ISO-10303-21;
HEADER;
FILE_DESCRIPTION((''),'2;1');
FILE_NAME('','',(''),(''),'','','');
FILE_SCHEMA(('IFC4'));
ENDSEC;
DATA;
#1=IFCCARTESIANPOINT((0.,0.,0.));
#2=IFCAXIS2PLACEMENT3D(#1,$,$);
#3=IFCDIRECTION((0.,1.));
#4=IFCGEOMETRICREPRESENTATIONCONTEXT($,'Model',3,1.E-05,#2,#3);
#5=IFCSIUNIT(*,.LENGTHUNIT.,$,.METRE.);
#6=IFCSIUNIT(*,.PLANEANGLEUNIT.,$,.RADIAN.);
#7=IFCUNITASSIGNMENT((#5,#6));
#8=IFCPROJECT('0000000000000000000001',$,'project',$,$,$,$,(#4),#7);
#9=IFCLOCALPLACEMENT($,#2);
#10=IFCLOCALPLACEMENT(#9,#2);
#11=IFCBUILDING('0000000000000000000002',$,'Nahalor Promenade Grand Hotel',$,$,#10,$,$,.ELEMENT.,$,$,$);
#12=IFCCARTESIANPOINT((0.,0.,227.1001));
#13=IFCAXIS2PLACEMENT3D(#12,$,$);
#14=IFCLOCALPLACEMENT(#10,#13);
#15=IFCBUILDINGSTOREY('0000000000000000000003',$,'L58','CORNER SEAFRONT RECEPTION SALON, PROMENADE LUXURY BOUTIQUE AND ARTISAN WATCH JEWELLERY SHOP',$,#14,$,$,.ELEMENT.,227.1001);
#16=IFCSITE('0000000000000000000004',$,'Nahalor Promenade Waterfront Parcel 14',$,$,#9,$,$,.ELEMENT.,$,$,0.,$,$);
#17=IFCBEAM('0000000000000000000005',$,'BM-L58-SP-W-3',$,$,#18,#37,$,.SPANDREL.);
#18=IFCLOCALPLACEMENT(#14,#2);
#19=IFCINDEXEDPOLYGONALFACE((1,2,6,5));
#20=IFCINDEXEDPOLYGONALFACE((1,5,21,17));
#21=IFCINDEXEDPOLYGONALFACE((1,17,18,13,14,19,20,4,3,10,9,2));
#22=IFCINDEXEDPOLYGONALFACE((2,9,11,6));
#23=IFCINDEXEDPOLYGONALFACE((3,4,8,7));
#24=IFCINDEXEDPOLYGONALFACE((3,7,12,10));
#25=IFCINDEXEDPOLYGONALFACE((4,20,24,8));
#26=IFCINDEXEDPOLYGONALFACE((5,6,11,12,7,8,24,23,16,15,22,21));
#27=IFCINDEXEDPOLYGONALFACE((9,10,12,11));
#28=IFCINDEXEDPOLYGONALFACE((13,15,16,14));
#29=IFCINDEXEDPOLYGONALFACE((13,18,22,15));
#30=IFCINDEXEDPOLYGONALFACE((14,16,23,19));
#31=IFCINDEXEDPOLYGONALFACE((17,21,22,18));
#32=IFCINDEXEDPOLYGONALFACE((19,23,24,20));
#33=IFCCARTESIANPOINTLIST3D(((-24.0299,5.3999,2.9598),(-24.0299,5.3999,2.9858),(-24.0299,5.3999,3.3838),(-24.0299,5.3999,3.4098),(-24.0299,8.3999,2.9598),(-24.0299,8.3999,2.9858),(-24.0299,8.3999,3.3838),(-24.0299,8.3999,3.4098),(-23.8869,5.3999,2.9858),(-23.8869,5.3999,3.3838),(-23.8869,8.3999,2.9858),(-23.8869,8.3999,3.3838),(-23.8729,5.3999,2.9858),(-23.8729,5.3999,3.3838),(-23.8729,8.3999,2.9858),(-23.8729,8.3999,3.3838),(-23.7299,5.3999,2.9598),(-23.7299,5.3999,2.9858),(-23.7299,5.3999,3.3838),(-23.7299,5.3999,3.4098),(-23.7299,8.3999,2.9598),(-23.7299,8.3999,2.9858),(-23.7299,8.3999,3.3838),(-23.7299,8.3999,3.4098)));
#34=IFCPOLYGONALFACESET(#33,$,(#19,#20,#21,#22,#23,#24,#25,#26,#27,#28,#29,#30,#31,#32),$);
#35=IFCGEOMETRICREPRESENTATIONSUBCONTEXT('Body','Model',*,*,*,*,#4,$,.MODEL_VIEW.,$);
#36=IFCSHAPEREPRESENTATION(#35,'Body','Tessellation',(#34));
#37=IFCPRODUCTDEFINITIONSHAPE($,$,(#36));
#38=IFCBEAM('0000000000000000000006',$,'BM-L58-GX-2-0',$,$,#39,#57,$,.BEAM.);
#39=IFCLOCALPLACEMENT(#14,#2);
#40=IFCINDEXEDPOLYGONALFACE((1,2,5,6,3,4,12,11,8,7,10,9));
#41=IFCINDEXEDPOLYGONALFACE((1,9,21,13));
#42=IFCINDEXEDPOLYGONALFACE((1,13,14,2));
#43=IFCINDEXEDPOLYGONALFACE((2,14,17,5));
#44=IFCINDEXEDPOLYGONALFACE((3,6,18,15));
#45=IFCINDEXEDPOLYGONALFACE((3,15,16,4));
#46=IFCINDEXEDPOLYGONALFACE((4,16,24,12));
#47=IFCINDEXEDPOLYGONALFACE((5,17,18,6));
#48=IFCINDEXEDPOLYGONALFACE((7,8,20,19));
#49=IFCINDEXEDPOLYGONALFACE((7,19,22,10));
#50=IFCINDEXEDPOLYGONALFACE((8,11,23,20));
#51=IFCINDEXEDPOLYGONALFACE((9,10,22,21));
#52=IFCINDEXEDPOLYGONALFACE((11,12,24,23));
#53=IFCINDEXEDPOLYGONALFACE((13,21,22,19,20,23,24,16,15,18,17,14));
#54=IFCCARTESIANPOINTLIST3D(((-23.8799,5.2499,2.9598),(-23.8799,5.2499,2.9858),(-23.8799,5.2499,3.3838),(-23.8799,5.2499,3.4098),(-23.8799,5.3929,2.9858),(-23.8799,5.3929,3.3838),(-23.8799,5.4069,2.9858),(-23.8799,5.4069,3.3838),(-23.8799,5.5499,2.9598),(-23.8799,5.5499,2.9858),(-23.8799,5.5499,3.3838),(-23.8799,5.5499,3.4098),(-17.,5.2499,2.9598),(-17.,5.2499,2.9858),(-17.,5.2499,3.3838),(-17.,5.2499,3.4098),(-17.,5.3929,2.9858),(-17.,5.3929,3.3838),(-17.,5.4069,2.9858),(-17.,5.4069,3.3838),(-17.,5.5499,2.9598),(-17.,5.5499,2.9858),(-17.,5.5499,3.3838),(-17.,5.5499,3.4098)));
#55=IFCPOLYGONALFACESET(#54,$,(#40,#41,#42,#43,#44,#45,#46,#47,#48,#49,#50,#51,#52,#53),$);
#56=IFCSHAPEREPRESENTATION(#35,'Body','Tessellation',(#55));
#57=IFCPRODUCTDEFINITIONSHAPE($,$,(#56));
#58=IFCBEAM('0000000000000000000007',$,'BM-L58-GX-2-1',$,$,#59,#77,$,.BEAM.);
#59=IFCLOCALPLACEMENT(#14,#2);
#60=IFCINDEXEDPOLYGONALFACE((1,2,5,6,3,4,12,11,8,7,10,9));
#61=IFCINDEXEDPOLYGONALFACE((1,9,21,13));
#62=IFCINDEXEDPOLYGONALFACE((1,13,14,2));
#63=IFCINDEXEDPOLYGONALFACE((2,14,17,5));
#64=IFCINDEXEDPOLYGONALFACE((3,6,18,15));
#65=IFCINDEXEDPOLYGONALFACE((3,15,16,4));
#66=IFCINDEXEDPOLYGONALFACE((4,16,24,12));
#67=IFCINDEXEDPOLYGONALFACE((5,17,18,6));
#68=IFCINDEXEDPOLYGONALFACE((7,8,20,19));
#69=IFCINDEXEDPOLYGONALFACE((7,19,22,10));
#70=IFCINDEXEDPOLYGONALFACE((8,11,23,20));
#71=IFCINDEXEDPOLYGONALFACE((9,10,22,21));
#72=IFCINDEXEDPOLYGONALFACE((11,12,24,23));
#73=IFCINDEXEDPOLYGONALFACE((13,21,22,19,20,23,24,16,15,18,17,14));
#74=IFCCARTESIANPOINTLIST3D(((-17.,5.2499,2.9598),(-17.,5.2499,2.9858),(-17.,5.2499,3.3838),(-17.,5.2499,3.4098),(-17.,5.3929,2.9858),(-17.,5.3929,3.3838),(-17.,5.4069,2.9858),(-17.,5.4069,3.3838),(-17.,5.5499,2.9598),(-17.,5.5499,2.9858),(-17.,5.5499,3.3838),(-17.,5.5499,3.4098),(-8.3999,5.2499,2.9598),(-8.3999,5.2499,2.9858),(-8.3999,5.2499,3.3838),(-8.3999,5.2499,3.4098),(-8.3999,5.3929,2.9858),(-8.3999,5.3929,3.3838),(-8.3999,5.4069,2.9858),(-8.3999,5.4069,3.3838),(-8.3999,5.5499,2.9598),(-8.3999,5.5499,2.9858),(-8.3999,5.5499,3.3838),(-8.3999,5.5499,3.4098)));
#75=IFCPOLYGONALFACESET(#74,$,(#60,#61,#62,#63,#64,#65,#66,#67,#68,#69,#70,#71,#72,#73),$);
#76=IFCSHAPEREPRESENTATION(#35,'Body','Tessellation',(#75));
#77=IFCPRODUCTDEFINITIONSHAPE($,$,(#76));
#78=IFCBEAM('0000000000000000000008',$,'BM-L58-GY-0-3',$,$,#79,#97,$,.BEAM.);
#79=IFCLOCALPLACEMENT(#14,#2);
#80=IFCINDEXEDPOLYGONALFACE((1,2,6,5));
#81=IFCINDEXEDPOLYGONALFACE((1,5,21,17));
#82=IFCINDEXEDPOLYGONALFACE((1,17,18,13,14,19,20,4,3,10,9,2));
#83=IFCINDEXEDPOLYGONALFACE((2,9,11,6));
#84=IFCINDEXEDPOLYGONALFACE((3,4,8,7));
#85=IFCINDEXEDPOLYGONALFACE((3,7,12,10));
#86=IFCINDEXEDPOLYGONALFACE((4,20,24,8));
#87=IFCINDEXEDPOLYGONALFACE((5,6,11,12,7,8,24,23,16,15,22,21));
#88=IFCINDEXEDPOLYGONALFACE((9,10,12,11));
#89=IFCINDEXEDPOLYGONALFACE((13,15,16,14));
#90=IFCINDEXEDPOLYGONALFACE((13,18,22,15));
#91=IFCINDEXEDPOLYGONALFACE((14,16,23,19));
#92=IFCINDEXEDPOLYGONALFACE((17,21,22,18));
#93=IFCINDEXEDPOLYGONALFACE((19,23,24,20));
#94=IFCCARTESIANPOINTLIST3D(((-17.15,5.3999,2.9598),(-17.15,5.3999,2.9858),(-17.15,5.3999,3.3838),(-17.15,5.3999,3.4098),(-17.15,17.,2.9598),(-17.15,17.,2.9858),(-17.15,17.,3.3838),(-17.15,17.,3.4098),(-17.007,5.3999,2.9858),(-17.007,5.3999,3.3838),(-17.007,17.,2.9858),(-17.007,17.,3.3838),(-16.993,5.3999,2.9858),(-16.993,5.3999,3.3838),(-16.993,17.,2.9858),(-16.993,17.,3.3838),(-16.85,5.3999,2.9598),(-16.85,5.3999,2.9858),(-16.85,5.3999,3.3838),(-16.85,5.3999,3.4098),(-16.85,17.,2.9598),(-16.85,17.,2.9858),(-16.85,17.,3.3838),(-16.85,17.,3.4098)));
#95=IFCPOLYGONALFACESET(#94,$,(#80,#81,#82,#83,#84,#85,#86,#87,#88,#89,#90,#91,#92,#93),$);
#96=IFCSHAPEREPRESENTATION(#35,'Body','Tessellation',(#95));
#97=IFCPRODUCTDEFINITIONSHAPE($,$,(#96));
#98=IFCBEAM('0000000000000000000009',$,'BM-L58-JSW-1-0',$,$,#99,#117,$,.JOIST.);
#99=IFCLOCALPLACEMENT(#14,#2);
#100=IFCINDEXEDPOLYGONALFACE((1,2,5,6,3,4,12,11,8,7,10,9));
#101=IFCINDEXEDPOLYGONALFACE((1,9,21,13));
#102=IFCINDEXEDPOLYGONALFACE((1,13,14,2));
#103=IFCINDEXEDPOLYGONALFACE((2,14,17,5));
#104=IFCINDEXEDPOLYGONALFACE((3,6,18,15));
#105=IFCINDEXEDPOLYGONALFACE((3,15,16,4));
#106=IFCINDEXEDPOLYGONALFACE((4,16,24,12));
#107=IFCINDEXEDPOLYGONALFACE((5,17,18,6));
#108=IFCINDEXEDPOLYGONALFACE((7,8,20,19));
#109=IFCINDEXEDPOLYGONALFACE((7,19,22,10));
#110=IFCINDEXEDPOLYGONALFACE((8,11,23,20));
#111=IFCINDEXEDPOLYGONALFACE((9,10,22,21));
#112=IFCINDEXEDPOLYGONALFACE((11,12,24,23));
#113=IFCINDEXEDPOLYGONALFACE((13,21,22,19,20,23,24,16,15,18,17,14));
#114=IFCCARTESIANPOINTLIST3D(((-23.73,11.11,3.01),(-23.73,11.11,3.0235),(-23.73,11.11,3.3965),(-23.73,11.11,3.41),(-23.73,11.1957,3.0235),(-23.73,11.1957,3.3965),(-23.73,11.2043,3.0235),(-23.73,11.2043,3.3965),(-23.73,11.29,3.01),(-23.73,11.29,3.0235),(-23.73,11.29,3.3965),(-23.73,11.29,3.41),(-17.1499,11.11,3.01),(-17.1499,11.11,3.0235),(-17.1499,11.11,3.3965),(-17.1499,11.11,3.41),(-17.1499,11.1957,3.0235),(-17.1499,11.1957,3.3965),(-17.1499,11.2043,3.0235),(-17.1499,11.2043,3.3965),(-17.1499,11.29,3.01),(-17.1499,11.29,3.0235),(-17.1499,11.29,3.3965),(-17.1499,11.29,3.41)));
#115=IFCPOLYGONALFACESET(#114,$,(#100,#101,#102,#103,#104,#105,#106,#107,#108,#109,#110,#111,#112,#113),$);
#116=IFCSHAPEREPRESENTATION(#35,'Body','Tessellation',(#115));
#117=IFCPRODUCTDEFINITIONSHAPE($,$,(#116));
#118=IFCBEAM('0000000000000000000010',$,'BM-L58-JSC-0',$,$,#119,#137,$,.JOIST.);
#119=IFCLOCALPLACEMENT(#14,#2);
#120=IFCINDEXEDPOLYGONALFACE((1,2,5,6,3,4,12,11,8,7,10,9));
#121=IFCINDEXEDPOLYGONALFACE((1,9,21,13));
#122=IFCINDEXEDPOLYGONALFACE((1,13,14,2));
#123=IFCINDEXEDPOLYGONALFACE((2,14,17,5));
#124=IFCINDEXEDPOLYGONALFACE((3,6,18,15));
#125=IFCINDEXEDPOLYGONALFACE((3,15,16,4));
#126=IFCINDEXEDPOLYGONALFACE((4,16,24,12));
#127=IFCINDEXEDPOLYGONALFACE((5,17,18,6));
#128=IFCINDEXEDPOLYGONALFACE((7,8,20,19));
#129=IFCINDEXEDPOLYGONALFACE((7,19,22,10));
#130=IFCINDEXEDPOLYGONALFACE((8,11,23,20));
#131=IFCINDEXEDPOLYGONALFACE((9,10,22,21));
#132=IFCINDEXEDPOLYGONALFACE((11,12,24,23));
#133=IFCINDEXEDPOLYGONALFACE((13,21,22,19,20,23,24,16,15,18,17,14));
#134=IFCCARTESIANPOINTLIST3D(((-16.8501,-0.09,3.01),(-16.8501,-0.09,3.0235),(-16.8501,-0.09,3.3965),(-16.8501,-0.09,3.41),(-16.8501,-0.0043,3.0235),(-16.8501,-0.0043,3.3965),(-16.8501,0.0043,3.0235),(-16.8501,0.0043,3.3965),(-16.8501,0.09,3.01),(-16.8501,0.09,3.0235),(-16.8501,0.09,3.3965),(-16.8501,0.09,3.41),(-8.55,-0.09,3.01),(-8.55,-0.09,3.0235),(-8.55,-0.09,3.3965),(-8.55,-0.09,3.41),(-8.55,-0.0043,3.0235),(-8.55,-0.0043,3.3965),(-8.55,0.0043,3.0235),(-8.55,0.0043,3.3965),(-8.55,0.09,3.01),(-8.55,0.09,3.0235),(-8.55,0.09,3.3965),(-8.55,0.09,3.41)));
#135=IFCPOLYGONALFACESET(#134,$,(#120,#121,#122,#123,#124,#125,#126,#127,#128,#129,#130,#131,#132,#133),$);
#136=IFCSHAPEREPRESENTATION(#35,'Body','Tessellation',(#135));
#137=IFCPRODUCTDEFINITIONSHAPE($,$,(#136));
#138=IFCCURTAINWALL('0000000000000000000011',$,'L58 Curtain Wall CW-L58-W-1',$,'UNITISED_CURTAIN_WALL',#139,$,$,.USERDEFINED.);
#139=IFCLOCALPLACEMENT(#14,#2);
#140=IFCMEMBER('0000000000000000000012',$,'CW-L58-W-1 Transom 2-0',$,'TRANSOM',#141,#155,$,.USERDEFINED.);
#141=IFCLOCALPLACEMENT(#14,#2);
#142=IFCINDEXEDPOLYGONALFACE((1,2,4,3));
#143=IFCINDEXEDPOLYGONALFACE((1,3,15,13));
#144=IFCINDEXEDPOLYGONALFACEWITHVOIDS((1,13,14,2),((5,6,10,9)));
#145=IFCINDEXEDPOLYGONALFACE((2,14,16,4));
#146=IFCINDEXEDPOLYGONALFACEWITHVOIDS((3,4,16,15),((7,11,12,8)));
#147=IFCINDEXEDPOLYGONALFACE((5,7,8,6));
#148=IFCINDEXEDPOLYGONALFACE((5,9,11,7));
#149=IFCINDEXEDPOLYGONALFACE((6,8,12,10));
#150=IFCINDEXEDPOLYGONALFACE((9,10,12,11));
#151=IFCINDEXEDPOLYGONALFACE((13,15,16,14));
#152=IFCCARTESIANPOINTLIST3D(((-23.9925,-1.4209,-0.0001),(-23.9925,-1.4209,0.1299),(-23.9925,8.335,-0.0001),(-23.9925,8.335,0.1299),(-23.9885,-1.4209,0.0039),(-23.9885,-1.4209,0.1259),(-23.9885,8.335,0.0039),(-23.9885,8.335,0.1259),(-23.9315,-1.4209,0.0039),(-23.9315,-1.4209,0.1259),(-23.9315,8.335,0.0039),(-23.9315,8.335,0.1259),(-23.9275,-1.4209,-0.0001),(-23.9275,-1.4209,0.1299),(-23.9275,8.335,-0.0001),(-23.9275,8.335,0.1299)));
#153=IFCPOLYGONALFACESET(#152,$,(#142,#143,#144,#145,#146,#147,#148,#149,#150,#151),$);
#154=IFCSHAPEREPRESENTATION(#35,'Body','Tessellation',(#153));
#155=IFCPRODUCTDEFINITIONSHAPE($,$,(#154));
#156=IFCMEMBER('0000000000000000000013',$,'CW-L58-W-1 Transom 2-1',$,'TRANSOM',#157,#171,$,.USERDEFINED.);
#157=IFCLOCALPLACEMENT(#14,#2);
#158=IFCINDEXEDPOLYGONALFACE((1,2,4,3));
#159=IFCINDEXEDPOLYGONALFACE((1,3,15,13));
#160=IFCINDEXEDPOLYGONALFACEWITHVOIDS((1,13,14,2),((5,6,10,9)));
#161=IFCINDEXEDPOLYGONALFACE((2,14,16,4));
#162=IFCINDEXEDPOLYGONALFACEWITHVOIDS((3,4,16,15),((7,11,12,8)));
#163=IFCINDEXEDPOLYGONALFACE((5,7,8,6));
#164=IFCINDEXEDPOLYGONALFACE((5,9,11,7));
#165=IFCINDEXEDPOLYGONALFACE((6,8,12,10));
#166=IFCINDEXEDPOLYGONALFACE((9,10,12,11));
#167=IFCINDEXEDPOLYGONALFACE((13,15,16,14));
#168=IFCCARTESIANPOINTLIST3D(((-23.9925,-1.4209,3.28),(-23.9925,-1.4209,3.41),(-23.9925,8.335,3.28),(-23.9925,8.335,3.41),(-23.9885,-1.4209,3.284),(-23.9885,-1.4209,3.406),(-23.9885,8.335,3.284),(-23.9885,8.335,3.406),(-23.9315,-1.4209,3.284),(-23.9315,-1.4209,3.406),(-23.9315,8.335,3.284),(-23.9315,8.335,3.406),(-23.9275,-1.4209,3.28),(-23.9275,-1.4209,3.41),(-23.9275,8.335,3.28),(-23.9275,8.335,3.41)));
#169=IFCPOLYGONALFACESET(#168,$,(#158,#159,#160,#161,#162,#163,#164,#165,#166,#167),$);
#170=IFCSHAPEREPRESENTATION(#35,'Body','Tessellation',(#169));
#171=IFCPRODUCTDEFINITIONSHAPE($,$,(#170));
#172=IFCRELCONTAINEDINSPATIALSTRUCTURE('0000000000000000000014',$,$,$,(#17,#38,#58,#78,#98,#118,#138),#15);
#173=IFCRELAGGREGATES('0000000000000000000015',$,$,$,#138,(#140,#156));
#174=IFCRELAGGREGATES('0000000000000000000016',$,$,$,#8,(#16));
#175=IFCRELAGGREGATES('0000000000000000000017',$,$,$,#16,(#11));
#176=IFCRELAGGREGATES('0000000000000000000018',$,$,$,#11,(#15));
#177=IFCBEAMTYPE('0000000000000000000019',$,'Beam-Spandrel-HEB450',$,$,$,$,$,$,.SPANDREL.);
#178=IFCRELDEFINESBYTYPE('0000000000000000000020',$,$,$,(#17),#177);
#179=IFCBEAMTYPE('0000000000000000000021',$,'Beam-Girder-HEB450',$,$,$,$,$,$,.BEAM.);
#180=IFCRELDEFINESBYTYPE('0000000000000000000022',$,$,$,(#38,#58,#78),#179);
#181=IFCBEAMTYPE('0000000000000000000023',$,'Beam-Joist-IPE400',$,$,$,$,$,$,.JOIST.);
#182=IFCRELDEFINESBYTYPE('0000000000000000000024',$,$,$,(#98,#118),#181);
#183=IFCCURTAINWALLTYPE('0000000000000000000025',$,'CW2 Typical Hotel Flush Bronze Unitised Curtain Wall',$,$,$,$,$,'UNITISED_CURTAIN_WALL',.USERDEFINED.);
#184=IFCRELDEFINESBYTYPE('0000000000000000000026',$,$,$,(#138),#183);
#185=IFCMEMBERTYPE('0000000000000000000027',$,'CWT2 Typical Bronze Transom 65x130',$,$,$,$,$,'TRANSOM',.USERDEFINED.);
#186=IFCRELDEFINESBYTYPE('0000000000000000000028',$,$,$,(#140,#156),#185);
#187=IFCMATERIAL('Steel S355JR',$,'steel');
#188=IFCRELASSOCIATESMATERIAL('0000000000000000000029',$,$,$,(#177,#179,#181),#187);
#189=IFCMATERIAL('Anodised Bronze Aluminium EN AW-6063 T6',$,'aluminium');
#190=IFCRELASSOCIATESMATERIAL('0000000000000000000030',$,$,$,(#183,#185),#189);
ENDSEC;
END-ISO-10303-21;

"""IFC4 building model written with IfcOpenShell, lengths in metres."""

from ifc_helpers import new_model, si_unit, direction, frame, origin, origin_2d, place, context, subcontext, project, spatial, hollow_rectangle, i_section, extrude, source, transform, mapped, material, material_profile, profile_set, type_object, element, aggregate, save


model = new_model("IFC4")

# Units and contexts
model_context = context("Model", 3, precision=1e-05, world=origin(), true_north=direction((0.0, 1.0)))
body_context = subcontext(model_context, "Body", "Model", "MODEL_VIEW")
ifc_project = project(units=[si_unit("LENGTHUNIT", "METRE"), si_unit("PLANEANGLEUNIT", "RADIAN")], contexts=[model_context])

# Site, building, storey
site_placement = place(None, origin())
site = spatial("IfcSite", under=ifc_project, at=site_placement, Name="Nahalor Promenade Waterfront Parcel 14", CompositionType="ELEMENT", RefElevation=0.0)
building_placement = place(site_placement, origin())
building = spatial("IfcBuilding", under=site, at=building_placement, Name="Nahalor Promenade Grand Hotel", CompositionType="ELEMENT")
storey_placement = place(building_placement, frame((0.0, 0.0, 227.1001)))
storey = spatial("IfcBuildingStorey", under=building, at=storey_placement, Name="L58", Description="CORNER SEAFRONT RECEPTION SALON, PROMENADE LUXURY BOUTIQUE AND ARTISAN WATCH JEWELLERY SHOP", CompositionType="ELEMENT", Elevation=227.1001)

# Shared definitions
ifc_material_1 = material(Name="Steel S355JR", Category="steel")

# Beams
ifc_material_profile_1 = material_profile(ifc_material_1, i_section(OverallWidth=0.3, OverallDepth=0.45, WebThickness=0.014, FlangeThickness=0.026, at=origin_2d()), Name="HEB 450")
ifc_profile_set_1 = profile_set([ifc_material_profile_1], Name="Steel S355JR")
beam_type_1 = type_object("IfcBeamType", Name="Beam-Spandrel-HEB450", PredefinedType="SPANDREL", material=ifc_profile_set_1)
shared_shape_1 = source(origin(), body_context, "Body", "SweptSolid", [
    extrude(i_section(OverallWidth=0.3, OverallDepth=0.45, WebThickness=0.014, FlangeThickness=0.026, at=origin_2d()), origin(), (0.0, 0.0, 1.0), 3.0),
])
beam_1_placement = place(storey_placement, frame((-23.8799, 5.3999, 3.1848), z_axis=(0.0, 1.0, 0.0), x_axis=(-1.0, 0.0, 0.0)))
element("IfcBeam", 1, at=beam_1_placement, inside=storey, type_object=beam_type_1, Name="BM-L58-SP-W-3", PredefinedType="SPANDREL", context=body_context, shape_type="MappedRepresentation", body=[
    mapped(shared_shape_1, transform((0.0, 0.0, 0.0), scale=1.0)),
])
ifc_material_profile_2 = material_profile(ifc_material_1, i_section(OverallWidth=0.3, OverallDepth=0.45, WebThickness=0.014, FlangeThickness=0.026, at=origin_2d()), Name="HEB 450")
ifc_profile_set_2 = profile_set([ifc_material_profile_2], Name="Steel S355JR")
beam_type_2 = type_object("IfcBeamType", Name="Beam-Girder-HEB450", PredefinedType="BEAM", material=ifc_profile_set_2)
shared_shape_2 = source(origin(), body_context, "Body", "SweptSolid", [
    extrude(i_section(OverallWidth=0.3, OverallDepth=0.45, WebThickness=0.014, FlangeThickness=0.026, at=origin_2d()), origin(), (0.0, 0.0, 1.0), 6.8799),
])
beam_2_placement = place(storey_placement, frame((-23.8799, 5.3999, 3.1848), z_axis=(1.0, 0.0, 0.0), x_axis=(0.0, 1.0, 0.0)))
element("IfcBeam", 2, at=beam_2_placement, inside=storey, type_object=beam_type_2, Name="BM-L58-GX-2-0", PredefinedType="BEAM", context=body_context, shape_type="MappedRepresentation", body=[
    mapped(shared_shape_2, transform((0.0, 0.0, 0.0), scale=1.0)),
])
shared_shape_3 = source(origin(), body_context, "Body", "SweptSolid", [
    extrude(i_section(OverallWidth=0.3, OverallDepth=0.45, WebThickness=0.014, FlangeThickness=0.026, at=origin_2d()), origin(), (0.0, 0.0, 1.0), 8.6001),
])
beam_3_placement = place(storey_placement, frame((-17.0, 5.3999, 3.1848), z_axis=(1.0, 0.0, 0.0), x_axis=(0.0, 1.0, 0.0)))
element("IfcBeam", 3, at=beam_3_placement, inside=storey, type_object=beam_type_2, Name="BM-L58-GX-2-1", PredefinedType="BEAM", context=body_context, shape_type="MappedRepresentation", body=[
    mapped(shared_shape_3, transform((0.0, 0.0, 0.0), scale=1.0)),
])
shared_shape_4 = source(origin(), body_context, "Body", "SweptSolid", [
    extrude(i_section(OverallWidth=0.3, OverallDepth=0.45, WebThickness=0.014, FlangeThickness=0.026, at=origin_2d()), origin(), (0.0, 0.0, 1.0), 11.6001),
])
beam_4_placement = place(storey_placement, frame((-17.0, 5.3999, 3.1848), z_axis=(0.0, 1.0, 0.0), x_axis=(-1.0, 0.0, 0.0)))
element("IfcBeam", 4, at=beam_4_placement, inside=storey, type_object=beam_type_2, Name="BM-L58-GY-0-3", PredefinedType="BEAM", context=body_context, shape_type="MappedRepresentation", body=[
    mapped(shared_shape_4, transform((0.0, 0.0, 0.0), scale=1.0)),
])
ifc_material_profile_3 = material_profile(ifc_material_1, i_section(OverallWidth=0.18, OverallDepth=0.4, WebThickness=0.0086, FlangeThickness=0.0135, at=origin_2d()), Name="IPE 400")
ifc_profile_set_3 = profile_set([ifc_material_profile_3], Name="Steel S355JR")
beam_type_3 = type_object("IfcBeamType", Name="Beam-Joist-IPE400", PredefinedType="JOIST", material=ifc_profile_set_3)
shared_shape_5 = source(origin(), body_context, "Body", "SweptSolid", [
    extrude(i_section(OverallWidth=0.18, OverallDepth=0.4, WebThickness=0.0086, FlangeThickness=0.0135, at=origin_2d()), origin(), (0.0, 0.0, 1.0), 6.5801),
])
beam_5_placement = place(storey_placement, frame((-23.73, 11.2, 3.21), z_axis=(1.0, 0.0, 0.0), x_axis=(0.0, 1.0, 0.0)))
element("IfcBeam", 5, at=beam_5_placement, inside=storey, type_object=beam_type_3, Name="BM-L58-JSW-1-0", PredefinedType="JOIST", context=body_context, shape_type="MappedRepresentation", body=[
    mapped(shared_shape_5, transform((0.0, 0.0, 0.0), scale=1.0)),
])
shared_shape_6 = source(origin(), body_context, "Body", "SweptSolid", [
    extrude(i_section(OverallWidth=0.18, OverallDepth=0.4, WebThickness=0.0086, FlangeThickness=0.0135, at=origin_2d()), origin(), (0.0, 0.0, 1.0), 8.3),
])
beam_6_placement = place(storey_placement, frame((-16.8501, 0.0, 3.21), z_axis=(1.0, 0.0, 0.0), x_axis=(0.0, 1.0, 0.0)))
element("IfcBeam", 6, at=beam_6_placement, inside=storey, type_object=beam_type_3, Name="BM-L58-JSC-0", PredefinedType="JOIST", context=body_context, shape_type="MappedRepresentation", body=[
    mapped(shared_shape_6, transform((0.0, 0.0, 0.0), scale=1.0)),
])

# Curtain wall, members
ifc_material_2 = material(Name="Anodised Bronze Aluminium EN AW-6063 T6", Category="aluminium")
curtain_wall_type = type_object("IfcCurtainWallType", Name="CW2 Typical Hotel Flush Bronze Unitised Curtain Wall", ElementType="UNITISED_CURTAIN_WALL", PredefinedType="USERDEFINED", material=ifc_material_2)
curtain_wall_placement = place(storey_placement, origin())
curtain_wall = element("IfcCurtainWall", 7, at=curtain_wall_placement, inside=storey, type_object=curtain_wall_type, Name="L58 Curtain Wall CW-L58-W-1", ObjectType="UNITISED_CURTAIN_WALL", PredefinedType="USERDEFINED")
ifc_material_profile_4 = material_profile(ifc_material_2, hollow_rectangle(XDim=0.065, YDim=0.13, WallThickness=0.004, at=origin_2d()), Name="CWT 65x130x4")
ifc_profile_set_4 = profile_set([ifc_material_profile_4], Name="Anodised Bronze Aluminium EN AW-6063 T6")
member_type_1 = type_object("IfcMemberType", Name="CWT2 Typical Bronze Transom 65x130", ElementType="TRANSOM", PredefinedType="USERDEFINED", material=ifc_profile_set_4)
shared_shape_7 = source(origin(), body_context, "Body", "SweptSolid", [
    extrude(hollow_rectangle(XDim=0.065, YDim=0.13, WallThickness=0.004, at=origin_2d()), origin(), (0.0, 0.0, 1.0), 9.7559),
])
member_1_placement = place(storey_placement, frame((-23.96, -1.4209, 0.0649), z_axis=(0.0, 1.0, 0.0), x_axis=(-1.0, 0.0, 0.0)))
member_1 = element("IfcMember", 8, at=member_1_placement, type_object=member_type_1, Name="CW-L58-W-1 Transom 2-0", ObjectType="TRANSOM", PredefinedType="USERDEFINED", context=body_context, shape_type="MappedRepresentation", body=[
    mapped(shared_shape_7, transform((0.0, 0.0, 0.0), scale=1.0)),
])
member_2_placement = place(storey_placement, frame((-23.96, -1.4209, 3.345), z_axis=(0.0, 1.0, 0.0), x_axis=(-1.0, 0.0, 0.0)))
member_2 = element("IfcMember", 9, at=member_2_placement, type_object=member_type_1, Name="CW-L58-W-1 Transom 2-1", ObjectType="TRANSOM", PredefinedType="USERDEFINED", context=body_context, shape_type="MappedRepresentation", body=[
    mapped(shared_shape_7, transform((0.0, 0.0, 0.0), scale=1.0)),
])
aggregate(curtain_wall, [member_1, member_2])

save(model, "model.ifc")
